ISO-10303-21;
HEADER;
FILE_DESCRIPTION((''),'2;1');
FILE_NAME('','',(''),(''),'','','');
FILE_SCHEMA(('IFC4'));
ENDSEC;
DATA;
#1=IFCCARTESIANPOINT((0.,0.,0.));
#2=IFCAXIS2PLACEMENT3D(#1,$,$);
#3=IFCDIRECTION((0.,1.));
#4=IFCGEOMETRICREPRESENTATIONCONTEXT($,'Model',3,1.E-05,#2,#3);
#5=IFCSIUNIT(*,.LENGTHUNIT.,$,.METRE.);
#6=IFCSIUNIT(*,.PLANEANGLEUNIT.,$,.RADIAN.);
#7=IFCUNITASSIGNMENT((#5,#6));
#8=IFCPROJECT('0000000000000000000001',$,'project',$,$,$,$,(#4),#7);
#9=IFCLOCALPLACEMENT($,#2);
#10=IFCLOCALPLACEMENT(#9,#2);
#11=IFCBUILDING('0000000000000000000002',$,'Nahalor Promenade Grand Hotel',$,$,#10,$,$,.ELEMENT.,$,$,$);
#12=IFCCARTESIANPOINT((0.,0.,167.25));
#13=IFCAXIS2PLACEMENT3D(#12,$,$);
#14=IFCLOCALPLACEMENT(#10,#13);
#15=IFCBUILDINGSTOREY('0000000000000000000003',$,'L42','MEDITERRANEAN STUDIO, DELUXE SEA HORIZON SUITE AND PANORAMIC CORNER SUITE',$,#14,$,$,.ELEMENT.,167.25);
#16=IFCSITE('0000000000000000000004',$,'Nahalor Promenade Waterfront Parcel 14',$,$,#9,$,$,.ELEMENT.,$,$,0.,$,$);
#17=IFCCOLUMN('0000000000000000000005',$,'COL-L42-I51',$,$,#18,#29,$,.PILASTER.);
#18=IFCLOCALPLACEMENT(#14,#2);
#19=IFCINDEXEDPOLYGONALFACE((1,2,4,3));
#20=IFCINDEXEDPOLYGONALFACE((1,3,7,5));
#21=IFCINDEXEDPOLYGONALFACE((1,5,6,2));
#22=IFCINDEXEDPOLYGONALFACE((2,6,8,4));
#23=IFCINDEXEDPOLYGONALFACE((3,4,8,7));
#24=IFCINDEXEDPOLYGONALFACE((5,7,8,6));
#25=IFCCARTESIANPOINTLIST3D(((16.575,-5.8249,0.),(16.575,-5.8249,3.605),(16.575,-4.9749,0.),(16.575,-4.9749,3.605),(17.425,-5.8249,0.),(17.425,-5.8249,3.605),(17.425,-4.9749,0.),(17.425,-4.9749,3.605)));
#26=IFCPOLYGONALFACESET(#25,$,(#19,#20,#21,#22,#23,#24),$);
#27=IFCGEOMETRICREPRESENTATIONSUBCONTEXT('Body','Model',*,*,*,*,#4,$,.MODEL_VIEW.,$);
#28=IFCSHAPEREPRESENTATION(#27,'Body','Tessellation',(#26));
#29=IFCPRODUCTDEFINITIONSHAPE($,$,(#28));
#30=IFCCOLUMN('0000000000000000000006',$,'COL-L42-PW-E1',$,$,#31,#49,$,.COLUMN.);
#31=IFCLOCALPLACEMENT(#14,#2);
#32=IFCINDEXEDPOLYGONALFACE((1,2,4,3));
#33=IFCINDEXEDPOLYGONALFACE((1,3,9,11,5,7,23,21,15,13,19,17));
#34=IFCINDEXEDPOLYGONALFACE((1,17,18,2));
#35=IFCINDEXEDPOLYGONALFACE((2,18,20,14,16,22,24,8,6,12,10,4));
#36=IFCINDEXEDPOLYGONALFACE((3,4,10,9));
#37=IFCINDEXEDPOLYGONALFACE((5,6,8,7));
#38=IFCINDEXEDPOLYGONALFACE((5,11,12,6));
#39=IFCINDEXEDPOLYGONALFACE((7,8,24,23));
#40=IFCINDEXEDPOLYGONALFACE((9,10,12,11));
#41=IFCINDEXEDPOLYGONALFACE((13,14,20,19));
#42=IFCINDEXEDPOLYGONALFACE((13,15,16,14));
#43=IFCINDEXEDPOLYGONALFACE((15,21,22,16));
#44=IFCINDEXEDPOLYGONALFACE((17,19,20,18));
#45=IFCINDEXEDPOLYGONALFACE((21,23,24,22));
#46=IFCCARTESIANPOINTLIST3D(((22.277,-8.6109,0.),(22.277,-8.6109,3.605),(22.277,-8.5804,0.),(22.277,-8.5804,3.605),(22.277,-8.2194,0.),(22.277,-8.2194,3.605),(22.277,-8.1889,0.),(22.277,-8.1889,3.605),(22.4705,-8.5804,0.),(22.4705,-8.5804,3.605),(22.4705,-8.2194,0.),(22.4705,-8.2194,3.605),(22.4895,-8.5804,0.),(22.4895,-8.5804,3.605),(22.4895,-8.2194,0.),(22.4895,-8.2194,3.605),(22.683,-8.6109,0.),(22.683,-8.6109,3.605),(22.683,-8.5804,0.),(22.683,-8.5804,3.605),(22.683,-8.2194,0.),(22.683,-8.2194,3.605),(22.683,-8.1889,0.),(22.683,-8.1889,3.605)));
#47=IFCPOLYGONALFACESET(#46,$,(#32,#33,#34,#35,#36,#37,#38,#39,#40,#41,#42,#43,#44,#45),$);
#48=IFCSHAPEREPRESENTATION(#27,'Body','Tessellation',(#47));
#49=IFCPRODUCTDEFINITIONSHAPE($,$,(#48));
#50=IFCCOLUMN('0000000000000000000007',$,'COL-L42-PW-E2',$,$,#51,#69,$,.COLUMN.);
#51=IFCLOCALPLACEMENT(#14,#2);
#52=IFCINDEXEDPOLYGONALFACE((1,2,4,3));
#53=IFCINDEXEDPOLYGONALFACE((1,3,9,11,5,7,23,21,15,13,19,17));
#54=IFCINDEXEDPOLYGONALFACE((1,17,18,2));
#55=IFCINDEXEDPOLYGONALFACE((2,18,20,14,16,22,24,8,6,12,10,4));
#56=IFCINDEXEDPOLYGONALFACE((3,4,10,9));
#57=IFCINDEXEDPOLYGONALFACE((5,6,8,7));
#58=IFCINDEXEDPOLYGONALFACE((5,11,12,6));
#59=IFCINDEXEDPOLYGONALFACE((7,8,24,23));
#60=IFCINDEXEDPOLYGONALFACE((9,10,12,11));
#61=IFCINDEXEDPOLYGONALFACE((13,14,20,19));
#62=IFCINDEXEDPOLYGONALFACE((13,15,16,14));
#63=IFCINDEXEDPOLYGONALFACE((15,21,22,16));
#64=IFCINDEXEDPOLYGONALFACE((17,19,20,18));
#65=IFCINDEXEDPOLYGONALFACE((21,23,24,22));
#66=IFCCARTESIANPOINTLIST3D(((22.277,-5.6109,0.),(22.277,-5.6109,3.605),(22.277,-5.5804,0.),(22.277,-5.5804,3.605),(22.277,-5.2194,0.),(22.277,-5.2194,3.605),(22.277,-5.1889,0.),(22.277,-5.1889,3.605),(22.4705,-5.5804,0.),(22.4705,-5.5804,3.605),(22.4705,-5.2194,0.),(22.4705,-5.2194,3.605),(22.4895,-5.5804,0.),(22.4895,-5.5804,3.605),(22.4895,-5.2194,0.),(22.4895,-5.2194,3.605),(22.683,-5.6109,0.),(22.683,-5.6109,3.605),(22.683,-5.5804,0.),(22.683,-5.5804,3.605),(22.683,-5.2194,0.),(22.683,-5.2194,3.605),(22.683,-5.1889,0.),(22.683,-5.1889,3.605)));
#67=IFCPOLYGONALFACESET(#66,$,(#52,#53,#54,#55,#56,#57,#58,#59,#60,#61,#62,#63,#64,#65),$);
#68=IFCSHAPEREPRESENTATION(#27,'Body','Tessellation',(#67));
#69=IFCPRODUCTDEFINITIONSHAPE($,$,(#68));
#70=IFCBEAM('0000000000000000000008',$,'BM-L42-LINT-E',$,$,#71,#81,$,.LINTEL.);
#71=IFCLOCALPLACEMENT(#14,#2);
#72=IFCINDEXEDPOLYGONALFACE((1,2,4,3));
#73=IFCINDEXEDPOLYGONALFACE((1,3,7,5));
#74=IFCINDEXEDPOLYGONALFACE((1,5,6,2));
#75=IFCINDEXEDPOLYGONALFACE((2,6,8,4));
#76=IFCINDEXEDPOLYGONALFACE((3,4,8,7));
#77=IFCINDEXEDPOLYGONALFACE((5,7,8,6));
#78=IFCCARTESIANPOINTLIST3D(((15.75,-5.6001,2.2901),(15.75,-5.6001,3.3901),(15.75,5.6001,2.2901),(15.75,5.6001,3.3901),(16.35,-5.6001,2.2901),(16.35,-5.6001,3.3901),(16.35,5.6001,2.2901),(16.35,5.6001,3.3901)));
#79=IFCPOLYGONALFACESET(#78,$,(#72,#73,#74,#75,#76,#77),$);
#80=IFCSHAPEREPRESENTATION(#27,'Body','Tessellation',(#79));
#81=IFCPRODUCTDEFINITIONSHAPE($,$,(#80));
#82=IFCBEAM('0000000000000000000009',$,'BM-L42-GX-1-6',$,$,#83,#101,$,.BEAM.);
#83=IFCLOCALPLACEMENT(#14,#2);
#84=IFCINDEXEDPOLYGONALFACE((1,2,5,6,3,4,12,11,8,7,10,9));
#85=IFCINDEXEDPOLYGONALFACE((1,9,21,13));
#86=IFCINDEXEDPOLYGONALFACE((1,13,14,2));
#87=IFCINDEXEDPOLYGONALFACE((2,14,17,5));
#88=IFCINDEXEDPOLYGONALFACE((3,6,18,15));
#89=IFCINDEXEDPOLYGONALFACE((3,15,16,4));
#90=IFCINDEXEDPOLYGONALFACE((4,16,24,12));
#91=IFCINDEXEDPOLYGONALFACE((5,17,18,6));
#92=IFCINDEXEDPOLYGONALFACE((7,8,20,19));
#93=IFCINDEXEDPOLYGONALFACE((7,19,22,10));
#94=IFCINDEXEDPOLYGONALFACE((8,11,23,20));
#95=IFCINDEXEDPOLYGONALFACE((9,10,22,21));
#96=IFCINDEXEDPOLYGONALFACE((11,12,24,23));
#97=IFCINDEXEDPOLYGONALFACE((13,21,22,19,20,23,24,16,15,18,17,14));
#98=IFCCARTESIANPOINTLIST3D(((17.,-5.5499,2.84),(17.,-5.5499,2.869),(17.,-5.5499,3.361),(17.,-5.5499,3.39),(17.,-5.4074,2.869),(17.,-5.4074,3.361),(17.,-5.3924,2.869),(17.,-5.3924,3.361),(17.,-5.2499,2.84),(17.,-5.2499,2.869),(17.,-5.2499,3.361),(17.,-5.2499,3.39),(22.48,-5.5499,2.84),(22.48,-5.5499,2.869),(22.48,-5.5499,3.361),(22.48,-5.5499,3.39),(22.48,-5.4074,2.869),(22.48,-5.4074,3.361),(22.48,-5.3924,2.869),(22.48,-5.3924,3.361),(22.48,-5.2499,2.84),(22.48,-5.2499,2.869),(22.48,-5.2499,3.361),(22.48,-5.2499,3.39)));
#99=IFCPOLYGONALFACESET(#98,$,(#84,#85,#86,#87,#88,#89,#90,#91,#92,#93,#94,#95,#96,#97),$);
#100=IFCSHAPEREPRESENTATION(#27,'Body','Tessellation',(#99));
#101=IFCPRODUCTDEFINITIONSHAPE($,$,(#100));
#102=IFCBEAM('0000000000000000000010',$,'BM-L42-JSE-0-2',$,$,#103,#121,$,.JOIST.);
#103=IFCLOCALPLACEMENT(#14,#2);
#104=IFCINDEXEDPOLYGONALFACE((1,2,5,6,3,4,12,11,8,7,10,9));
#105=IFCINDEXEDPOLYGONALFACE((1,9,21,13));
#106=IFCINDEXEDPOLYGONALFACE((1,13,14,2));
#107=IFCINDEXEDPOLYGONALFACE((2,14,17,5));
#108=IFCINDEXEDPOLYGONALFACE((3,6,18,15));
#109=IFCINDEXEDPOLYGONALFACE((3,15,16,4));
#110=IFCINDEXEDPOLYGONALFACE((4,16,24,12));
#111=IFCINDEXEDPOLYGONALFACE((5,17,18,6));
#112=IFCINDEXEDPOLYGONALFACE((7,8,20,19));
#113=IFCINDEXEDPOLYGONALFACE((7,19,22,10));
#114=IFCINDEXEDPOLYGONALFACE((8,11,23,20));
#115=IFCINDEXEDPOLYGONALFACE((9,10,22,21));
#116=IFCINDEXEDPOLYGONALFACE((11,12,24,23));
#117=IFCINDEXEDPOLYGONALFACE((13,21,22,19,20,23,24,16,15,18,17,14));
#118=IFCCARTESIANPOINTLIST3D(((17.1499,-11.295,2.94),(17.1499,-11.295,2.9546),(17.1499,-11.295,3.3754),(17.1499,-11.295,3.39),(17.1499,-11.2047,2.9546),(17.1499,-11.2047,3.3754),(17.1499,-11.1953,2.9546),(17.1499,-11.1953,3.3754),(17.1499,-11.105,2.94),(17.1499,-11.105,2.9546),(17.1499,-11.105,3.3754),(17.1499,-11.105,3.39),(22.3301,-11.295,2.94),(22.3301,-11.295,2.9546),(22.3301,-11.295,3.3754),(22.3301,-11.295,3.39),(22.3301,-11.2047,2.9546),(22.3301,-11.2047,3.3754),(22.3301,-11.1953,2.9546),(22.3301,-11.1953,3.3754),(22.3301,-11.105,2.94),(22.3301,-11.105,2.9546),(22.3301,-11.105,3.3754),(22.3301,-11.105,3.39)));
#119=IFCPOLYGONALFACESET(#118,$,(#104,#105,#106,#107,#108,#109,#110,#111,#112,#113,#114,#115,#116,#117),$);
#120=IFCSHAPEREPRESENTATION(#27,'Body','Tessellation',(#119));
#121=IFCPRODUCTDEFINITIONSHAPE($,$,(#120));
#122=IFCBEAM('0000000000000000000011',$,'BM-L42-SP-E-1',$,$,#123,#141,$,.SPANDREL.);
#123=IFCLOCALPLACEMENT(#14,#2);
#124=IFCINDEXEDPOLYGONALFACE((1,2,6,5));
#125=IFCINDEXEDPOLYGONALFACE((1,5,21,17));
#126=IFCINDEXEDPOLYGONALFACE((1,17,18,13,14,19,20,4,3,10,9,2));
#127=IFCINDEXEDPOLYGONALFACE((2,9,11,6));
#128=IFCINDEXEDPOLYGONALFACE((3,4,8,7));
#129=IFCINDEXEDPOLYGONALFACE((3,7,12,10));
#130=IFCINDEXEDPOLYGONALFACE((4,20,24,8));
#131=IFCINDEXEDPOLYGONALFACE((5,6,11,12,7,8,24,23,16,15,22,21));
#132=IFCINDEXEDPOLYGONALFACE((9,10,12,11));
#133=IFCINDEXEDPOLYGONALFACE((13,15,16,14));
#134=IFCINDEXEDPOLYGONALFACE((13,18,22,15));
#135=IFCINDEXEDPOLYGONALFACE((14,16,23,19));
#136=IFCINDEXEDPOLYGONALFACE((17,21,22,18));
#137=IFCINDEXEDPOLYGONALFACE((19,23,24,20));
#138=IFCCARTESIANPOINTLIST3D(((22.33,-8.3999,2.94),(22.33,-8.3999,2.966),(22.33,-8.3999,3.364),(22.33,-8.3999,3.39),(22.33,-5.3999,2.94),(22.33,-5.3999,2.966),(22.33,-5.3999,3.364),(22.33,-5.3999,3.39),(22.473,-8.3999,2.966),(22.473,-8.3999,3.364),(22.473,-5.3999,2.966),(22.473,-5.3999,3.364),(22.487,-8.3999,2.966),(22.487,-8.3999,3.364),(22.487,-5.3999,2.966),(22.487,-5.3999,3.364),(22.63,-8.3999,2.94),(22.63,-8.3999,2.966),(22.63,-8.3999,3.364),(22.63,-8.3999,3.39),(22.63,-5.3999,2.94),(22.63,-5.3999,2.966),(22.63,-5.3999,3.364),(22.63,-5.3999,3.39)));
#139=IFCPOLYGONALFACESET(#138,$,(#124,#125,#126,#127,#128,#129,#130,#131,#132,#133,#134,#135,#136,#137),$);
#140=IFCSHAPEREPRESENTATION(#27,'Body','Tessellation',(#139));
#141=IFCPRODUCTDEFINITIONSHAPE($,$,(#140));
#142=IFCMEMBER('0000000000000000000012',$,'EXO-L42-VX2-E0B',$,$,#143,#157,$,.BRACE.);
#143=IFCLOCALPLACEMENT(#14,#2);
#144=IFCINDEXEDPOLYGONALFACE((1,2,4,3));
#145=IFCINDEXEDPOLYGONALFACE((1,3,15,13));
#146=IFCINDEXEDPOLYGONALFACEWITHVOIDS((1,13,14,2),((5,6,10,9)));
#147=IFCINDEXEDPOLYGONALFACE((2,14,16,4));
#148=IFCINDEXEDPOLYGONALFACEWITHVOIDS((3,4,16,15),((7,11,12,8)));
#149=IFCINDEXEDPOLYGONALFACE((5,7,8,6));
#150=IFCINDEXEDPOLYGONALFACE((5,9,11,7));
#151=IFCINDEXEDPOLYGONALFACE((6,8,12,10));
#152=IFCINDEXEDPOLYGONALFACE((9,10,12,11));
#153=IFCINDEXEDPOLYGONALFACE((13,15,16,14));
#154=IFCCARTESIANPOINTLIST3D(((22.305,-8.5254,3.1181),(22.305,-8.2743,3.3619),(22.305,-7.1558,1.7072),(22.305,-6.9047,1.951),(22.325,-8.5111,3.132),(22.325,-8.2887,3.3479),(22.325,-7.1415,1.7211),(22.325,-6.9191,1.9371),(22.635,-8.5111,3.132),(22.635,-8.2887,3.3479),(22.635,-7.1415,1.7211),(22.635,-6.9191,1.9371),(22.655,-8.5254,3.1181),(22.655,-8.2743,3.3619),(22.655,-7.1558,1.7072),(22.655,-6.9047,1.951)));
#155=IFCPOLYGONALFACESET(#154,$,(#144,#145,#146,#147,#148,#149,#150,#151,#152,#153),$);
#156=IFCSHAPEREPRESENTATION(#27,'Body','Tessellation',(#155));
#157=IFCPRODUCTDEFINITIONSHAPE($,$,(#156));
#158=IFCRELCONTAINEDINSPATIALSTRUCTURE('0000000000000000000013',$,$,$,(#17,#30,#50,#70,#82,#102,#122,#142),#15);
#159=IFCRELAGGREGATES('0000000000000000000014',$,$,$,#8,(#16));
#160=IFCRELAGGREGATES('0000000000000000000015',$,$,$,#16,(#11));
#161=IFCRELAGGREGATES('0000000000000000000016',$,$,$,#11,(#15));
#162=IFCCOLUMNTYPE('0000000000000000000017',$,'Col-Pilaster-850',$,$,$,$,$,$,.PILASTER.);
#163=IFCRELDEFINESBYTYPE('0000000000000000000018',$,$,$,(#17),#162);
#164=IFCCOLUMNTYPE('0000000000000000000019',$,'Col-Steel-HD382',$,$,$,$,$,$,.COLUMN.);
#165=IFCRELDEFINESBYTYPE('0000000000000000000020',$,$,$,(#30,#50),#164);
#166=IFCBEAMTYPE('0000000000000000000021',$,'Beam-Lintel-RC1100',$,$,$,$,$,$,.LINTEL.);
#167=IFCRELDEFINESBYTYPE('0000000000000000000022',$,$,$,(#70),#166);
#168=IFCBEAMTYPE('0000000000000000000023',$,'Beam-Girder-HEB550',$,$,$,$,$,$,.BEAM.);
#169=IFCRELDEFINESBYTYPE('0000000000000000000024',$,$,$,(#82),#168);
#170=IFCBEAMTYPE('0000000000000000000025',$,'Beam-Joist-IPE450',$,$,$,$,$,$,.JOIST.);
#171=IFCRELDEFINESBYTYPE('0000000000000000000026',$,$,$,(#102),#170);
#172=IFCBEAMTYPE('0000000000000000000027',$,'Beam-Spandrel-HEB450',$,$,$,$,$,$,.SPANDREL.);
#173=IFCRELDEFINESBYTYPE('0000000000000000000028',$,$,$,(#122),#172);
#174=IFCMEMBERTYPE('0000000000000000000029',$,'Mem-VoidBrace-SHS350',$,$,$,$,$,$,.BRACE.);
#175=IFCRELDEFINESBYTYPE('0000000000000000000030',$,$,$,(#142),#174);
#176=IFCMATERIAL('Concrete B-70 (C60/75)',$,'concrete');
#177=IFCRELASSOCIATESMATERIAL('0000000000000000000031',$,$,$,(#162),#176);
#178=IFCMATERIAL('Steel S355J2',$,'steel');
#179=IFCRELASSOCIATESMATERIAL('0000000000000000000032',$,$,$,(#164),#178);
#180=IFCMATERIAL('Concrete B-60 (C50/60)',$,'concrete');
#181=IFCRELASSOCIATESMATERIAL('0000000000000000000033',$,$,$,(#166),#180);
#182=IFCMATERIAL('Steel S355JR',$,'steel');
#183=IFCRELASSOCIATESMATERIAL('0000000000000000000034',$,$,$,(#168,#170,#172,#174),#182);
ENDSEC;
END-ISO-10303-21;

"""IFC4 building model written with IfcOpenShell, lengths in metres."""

from ifc_helpers import new_model, si_unit, direction, frame, origin, origin_2d, place, context, subcontext, project, spatial, rectangle, hollow_rectangle, i_section, extrude, source, transform, mapped, material, material_profile, profile_set, type_object, element, save


model = new_model("IFC4")

# Units and contexts
model_context = context("Model", 3, precision=1e-05, world=origin(), true_north=direction((0.0, 1.0)))
body_context = subcontext(model_context, "Body", "Model", "MODEL_VIEW")
ifc_project = project(units=[si_unit("LENGTHUNIT", "METRE"), si_unit("PLANEANGLEUNIT", "RADIAN")], contexts=[model_context])

# Site, building, storey
site_placement = place(None, origin())
site = spatial("IfcSite", under=ifc_project, at=site_placement, Name="Nahalor Promenade Waterfront Parcel 14", CompositionType="ELEMENT", RefElevation=0.0)
building_placement = place(site_placement, origin())
building = spatial("IfcBuilding", under=site, at=building_placement, Name="Nahalor Promenade Grand Hotel", CompositionType="ELEMENT")
storey_placement = place(building_placement, frame((0.0, 0.0, 167.25)))
storey = spatial("IfcBuildingStorey", under=building, at=storey_placement, Name="L42", Description="MEDITERRANEAN STUDIO, DELUXE SEA HORIZON SUITE AND PANORAMIC CORNER SUITE", CompositionType="ELEMENT", Elevation=167.25)

# Columns
ifc_material_1 = material(Name="Concrete B-70 (C60/75)", Category="concrete")
ifc_material_profile_1 = material_profile(ifc_material_1, rectangle(XDim=0.85, YDim=0.85, at=origin_2d()), Name="RC 850x850")
ifc_profile_set_1 = profile_set([ifc_material_profile_1], Name="Concrete B-70 (C60/75)")
column_type_1 = type_object("IfcColumnType", Name="Col-Pilaster-850", PredefinedType="PILASTER", material=ifc_profile_set_1)
shared_shape_1 = source(origin(), body_context, "Body", "SweptSolid", [
    extrude(rectangle(XDim=0.85, YDim=0.85, at=origin_2d()), origin(), (0.0, 0.0, 1.0), 3.605),
])
column_placement = place(storey_placement, frame((17.0, -5.3999, 0.0), z_axis=(0.0, 0.0, 1.0), x_axis=(1.0, 0.0, 0.0)))
element("IfcColumn", 1, at=column_placement, inside=storey, type_object=column_type_1, Name="COL-L42-I51", PredefinedType="PILASTER", context=body_context, shape_type="MappedRepresentation", body=[
    mapped(shared_shape_1, transform((0.0, 0.0, 0.0), scale=1.0)),
])
ifc_material_2 = material(Name="Steel S355J2", Category="steel")
ifc_material_profile_2 = material_profile(ifc_material_2, i_section(OverallWidth=0.406, OverallDepth=0.422, WebThickness=0.019, FlangeThickness=0.0305, at=origin_2d()), Name="HD 400x382")
ifc_profile_set_2 = profile_set([ifc_material_profile_2], Name="Steel S355J2")
column_type_2 = type_object("IfcColumnType", Name="Col-Steel-HD382", PredefinedType="COLUMN", material=ifc_profile_set_2)
shared_shape_2 = source(origin(), body_context, "Body", "SweptSolid", [
    extrude(i_section(OverallWidth=0.406, OverallDepth=0.422, WebThickness=0.019, FlangeThickness=0.0305, at=origin_2d()), origin(), (0.0, 0.0, 1.0), 3.605),
])
for number, where, z_axis, x_axis, name in (
    (2, (22.48, -8.3999, 0.0), (0.0, 0.0, 1.0), (1.0, 0.0, 0.0), "COL-L42-PW-E1"),
    (3, (22.48, -5.3999, 0.0), (0.0, 0.0, 1.0), (1.0, 0.0, 0.0), "COL-L42-PW-E2"),
):
    element("IfcColumn", number, at=place(storey_placement, frame(where, z_axis=z_axis, x_axis=x_axis)), inside=storey, type_object=column_type_2, Name=name, PredefinedType="COLUMN", context=body_context, shape_type="MappedRepresentation", body=[
        mapped(shared_shape_2, transform((0.0, 0.0, 0.0), scale=1.0)),
    ])

# Beams
ifc_material_3 = material(Name="Concrete B-60 (C50/60)", Category="concrete")
ifc_material_profile_3 = material_profile(ifc_material_3, rectangle(XDim=0.6, YDim=1.1, at=origin_2d()), Name="RC 600x1100")
ifc_profile_set_3 = profile_set([ifc_material_profile_3], Name="Concrete B-60 (C50/60)")
beam_type_1 = type_object("IfcBeamType", Name="Beam-Lintel-RC1100", PredefinedType="LINTEL", material=ifc_profile_set_3)
shared_shape_3 = source(origin(), body_context, "Body", "SweptSolid", [
    extrude(rectangle(XDim=0.6, YDim=1.1, at=origin_2d()), origin(), (0.0, 0.0, 1.0), 11.2002),
])
beam_1_placement = place(storey_placement, frame((16.05, -5.6001, 2.8401), z_axis=(0.0, 1.0, 0.0), x_axis=(-1.0, 0.0, 0.0)))
element("IfcBeam", 4, at=beam_1_placement, inside=storey, type_object=beam_type_1, Name="BM-L42-LINT-E", PredefinedType="LINTEL", context=body_context, shape_type="MappedRepresentation", body=[
    mapped(shared_shape_3, transform((0.0, 0.0, 0.0), scale=1.0)),
])
ifc_material_4 = material(Name="Steel S355JR", Category="steel")
ifc_material_profile_4 = material_profile(ifc_material_4, i_section(OverallWidth=0.3, OverallDepth=0.55, WebThickness=0.015, FlangeThickness=0.029, at=origin_2d()), Name="HEB 550")
ifc_profile_set_4 = profile_set([ifc_material_profile_4], Name="Steel S355JR")
beam_type_2 = type_object("IfcBeamType", Name="Beam-Girder-HEB550", PredefinedType="BEAM", material=ifc_profile_set_4)
shared_shape_4 = source(origin(), body_context, "Body", "SweptSolid", [
    extrude(i_section(OverallWidth=0.3, OverallDepth=0.55, WebThickness=0.015, FlangeThickness=0.029, at=origin_2d()), origin(), (0.0, 0.0, 1.0), 5.48),
])
beam_2_placement = place(storey_placement, frame((17.0, -5.3999, 3.115), z_axis=(1.0, 0.0, 0.0), x_axis=(0.0, 1.0, 0.0)))
element("IfcBeam", 5, at=beam_2_placement, inside=storey, type_object=beam_type_2, Name="BM-L42-GX-1-6", PredefinedType="BEAM", context=body_context, shape_type="MappedRepresentation", body=[
    mapped(shared_shape_4, transform((0.0, 0.0, 0.0), scale=1.0)),
])
ifc_material_profile_5 = material_profile(ifc_material_4, i_section(OverallWidth=0.19, OverallDepth=0.45, WebThickness=0.0094, FlangeThickness=0.0146, at=origin_2d()), Name="IPE 450")
ifc_profile_set_5 = profile_set([ifc_material_profile_5], Name="Steel S355JR")
beam_type_3 = type_object("IfcBeamType", Name="Beam-Joist-IPE450", PredefinedType="JOIST", material=ifc_profile_set_5)
shared_shape_5 = source(origin(), body_context, "Body", "SweptSolid", [
    extrude(i_section(OverallWidth=0.19, OverallDepth=0.45, WebThickness=0.0094, FlangeThickness=0.0146, at=origin_2d()), origin(), (0.0, 0.0, 1.0), 5.1802),
])
beam_3_placement = place(storey_placement, frame((17.1499, -11.2, 3.165), z_axis=(1.0, 0.0, 0.0), x_axis=(0.0, 1.0, 0.0)))
element("IfcBeam", 6, at=beam_3_placement, inside=storey, type_object=beam_type_3, Name="BM-L42-JSE-0-2", PredefinedType="JOIST", context=body_context, shape_type="MappedRepresentation", body=[
    mapped(shared_shape_5, transform((0.0, 0.0, 0.0), scale=1.0)),
])
ifc_material_profile_6 = material_profile(ifc_material_4, i_section(OverallWidth=0.3, OverallDepth=0.45, WebThickness=0.014, FlangeThickness=0.026, at=origin_2d()), Name="HEB 450")
ifc_profile_set_6 = profile_set([ifc_material_profile_6], Name="Steel S355JR")
beam_type_4 = type_object("IfcBeamType", Name="Beam-Spandrel-HEB450", PredefinedType="SPANDREL", material=ifc_profile_set_6)
shared_shape_6 = source(origin(), body_context, "Body", "SweptSolid", [
    extrude(i_section(OverallWidth=0.3, OverallDepth=0.45, WebThickness=0.014, FlangeThickness=0.026, at=origin_2d()), origin(), (0.0, 0.0, 1.0), 3.0),
])
beam_4_placement = place(storey_placement, frame((22.48, -8.3999, 3.165), z_axis=(0.0, 1.0, 0.0), x_axis=(-1.0, 0.0, 0.0)))
element("IfcBeam", 7, at=beam_4_placement, inside=storey, type_object=beam_type_4, Name="BM-L42-SP-E-1", PredefinedType="SPANDREL", context=body_context, shape_type="MappedRepresentation", body=[
    mapped(shared_shape_6, transform((0.0, 0.0, 0.0), scale=1.0)),
])

# Member
ifc_material_profile_7 = material_profile(ifc_material_4, hollow_rectangle(XDim=0.35, YDim=0.35, WallThickness=0.02, at=origin_2d()), Name="SHS 350x350x20")
ifc_profile_set_7 = profile_set([ifc_material_profile_7], Name="Steel S355JR")
member_type_1 = type_object("IfcMemberType", Name="Mem-VoidBrace-SHS350", PredefinedType="BRACE", material=ifc_profile_set_7)
shared_shape_7 = source(origin(), body_context, "Body", "SweptSolid", [
    extrude(hollow_rectangle(XDim=0.35, YDim=0.35, WallThickness=0.02, at=origin_2d()), origin(), (0.0, 0.0, 1.0), 1.9663),
])
member_1_placement = place(storey_placement, frame((22.48, -7.0303, 1.8291), z_axis=(0.0, -0.696537, 0.71752), x_axis=(1.0, 0.0, 0.0)))
element("IfcMember", 8, at=member_1_placement, inside=storey, type_object=member_type_1, Name="EXO-L42-VX2-E0B", PredefinedType="BRACE", context=body_context, shape_type="MappedRepresentation", body=[
    mapped(shared_shape_7, transform((0.0, 0.0, 0.0), scale=1.0)),
])

save(model, "model.ifc")
